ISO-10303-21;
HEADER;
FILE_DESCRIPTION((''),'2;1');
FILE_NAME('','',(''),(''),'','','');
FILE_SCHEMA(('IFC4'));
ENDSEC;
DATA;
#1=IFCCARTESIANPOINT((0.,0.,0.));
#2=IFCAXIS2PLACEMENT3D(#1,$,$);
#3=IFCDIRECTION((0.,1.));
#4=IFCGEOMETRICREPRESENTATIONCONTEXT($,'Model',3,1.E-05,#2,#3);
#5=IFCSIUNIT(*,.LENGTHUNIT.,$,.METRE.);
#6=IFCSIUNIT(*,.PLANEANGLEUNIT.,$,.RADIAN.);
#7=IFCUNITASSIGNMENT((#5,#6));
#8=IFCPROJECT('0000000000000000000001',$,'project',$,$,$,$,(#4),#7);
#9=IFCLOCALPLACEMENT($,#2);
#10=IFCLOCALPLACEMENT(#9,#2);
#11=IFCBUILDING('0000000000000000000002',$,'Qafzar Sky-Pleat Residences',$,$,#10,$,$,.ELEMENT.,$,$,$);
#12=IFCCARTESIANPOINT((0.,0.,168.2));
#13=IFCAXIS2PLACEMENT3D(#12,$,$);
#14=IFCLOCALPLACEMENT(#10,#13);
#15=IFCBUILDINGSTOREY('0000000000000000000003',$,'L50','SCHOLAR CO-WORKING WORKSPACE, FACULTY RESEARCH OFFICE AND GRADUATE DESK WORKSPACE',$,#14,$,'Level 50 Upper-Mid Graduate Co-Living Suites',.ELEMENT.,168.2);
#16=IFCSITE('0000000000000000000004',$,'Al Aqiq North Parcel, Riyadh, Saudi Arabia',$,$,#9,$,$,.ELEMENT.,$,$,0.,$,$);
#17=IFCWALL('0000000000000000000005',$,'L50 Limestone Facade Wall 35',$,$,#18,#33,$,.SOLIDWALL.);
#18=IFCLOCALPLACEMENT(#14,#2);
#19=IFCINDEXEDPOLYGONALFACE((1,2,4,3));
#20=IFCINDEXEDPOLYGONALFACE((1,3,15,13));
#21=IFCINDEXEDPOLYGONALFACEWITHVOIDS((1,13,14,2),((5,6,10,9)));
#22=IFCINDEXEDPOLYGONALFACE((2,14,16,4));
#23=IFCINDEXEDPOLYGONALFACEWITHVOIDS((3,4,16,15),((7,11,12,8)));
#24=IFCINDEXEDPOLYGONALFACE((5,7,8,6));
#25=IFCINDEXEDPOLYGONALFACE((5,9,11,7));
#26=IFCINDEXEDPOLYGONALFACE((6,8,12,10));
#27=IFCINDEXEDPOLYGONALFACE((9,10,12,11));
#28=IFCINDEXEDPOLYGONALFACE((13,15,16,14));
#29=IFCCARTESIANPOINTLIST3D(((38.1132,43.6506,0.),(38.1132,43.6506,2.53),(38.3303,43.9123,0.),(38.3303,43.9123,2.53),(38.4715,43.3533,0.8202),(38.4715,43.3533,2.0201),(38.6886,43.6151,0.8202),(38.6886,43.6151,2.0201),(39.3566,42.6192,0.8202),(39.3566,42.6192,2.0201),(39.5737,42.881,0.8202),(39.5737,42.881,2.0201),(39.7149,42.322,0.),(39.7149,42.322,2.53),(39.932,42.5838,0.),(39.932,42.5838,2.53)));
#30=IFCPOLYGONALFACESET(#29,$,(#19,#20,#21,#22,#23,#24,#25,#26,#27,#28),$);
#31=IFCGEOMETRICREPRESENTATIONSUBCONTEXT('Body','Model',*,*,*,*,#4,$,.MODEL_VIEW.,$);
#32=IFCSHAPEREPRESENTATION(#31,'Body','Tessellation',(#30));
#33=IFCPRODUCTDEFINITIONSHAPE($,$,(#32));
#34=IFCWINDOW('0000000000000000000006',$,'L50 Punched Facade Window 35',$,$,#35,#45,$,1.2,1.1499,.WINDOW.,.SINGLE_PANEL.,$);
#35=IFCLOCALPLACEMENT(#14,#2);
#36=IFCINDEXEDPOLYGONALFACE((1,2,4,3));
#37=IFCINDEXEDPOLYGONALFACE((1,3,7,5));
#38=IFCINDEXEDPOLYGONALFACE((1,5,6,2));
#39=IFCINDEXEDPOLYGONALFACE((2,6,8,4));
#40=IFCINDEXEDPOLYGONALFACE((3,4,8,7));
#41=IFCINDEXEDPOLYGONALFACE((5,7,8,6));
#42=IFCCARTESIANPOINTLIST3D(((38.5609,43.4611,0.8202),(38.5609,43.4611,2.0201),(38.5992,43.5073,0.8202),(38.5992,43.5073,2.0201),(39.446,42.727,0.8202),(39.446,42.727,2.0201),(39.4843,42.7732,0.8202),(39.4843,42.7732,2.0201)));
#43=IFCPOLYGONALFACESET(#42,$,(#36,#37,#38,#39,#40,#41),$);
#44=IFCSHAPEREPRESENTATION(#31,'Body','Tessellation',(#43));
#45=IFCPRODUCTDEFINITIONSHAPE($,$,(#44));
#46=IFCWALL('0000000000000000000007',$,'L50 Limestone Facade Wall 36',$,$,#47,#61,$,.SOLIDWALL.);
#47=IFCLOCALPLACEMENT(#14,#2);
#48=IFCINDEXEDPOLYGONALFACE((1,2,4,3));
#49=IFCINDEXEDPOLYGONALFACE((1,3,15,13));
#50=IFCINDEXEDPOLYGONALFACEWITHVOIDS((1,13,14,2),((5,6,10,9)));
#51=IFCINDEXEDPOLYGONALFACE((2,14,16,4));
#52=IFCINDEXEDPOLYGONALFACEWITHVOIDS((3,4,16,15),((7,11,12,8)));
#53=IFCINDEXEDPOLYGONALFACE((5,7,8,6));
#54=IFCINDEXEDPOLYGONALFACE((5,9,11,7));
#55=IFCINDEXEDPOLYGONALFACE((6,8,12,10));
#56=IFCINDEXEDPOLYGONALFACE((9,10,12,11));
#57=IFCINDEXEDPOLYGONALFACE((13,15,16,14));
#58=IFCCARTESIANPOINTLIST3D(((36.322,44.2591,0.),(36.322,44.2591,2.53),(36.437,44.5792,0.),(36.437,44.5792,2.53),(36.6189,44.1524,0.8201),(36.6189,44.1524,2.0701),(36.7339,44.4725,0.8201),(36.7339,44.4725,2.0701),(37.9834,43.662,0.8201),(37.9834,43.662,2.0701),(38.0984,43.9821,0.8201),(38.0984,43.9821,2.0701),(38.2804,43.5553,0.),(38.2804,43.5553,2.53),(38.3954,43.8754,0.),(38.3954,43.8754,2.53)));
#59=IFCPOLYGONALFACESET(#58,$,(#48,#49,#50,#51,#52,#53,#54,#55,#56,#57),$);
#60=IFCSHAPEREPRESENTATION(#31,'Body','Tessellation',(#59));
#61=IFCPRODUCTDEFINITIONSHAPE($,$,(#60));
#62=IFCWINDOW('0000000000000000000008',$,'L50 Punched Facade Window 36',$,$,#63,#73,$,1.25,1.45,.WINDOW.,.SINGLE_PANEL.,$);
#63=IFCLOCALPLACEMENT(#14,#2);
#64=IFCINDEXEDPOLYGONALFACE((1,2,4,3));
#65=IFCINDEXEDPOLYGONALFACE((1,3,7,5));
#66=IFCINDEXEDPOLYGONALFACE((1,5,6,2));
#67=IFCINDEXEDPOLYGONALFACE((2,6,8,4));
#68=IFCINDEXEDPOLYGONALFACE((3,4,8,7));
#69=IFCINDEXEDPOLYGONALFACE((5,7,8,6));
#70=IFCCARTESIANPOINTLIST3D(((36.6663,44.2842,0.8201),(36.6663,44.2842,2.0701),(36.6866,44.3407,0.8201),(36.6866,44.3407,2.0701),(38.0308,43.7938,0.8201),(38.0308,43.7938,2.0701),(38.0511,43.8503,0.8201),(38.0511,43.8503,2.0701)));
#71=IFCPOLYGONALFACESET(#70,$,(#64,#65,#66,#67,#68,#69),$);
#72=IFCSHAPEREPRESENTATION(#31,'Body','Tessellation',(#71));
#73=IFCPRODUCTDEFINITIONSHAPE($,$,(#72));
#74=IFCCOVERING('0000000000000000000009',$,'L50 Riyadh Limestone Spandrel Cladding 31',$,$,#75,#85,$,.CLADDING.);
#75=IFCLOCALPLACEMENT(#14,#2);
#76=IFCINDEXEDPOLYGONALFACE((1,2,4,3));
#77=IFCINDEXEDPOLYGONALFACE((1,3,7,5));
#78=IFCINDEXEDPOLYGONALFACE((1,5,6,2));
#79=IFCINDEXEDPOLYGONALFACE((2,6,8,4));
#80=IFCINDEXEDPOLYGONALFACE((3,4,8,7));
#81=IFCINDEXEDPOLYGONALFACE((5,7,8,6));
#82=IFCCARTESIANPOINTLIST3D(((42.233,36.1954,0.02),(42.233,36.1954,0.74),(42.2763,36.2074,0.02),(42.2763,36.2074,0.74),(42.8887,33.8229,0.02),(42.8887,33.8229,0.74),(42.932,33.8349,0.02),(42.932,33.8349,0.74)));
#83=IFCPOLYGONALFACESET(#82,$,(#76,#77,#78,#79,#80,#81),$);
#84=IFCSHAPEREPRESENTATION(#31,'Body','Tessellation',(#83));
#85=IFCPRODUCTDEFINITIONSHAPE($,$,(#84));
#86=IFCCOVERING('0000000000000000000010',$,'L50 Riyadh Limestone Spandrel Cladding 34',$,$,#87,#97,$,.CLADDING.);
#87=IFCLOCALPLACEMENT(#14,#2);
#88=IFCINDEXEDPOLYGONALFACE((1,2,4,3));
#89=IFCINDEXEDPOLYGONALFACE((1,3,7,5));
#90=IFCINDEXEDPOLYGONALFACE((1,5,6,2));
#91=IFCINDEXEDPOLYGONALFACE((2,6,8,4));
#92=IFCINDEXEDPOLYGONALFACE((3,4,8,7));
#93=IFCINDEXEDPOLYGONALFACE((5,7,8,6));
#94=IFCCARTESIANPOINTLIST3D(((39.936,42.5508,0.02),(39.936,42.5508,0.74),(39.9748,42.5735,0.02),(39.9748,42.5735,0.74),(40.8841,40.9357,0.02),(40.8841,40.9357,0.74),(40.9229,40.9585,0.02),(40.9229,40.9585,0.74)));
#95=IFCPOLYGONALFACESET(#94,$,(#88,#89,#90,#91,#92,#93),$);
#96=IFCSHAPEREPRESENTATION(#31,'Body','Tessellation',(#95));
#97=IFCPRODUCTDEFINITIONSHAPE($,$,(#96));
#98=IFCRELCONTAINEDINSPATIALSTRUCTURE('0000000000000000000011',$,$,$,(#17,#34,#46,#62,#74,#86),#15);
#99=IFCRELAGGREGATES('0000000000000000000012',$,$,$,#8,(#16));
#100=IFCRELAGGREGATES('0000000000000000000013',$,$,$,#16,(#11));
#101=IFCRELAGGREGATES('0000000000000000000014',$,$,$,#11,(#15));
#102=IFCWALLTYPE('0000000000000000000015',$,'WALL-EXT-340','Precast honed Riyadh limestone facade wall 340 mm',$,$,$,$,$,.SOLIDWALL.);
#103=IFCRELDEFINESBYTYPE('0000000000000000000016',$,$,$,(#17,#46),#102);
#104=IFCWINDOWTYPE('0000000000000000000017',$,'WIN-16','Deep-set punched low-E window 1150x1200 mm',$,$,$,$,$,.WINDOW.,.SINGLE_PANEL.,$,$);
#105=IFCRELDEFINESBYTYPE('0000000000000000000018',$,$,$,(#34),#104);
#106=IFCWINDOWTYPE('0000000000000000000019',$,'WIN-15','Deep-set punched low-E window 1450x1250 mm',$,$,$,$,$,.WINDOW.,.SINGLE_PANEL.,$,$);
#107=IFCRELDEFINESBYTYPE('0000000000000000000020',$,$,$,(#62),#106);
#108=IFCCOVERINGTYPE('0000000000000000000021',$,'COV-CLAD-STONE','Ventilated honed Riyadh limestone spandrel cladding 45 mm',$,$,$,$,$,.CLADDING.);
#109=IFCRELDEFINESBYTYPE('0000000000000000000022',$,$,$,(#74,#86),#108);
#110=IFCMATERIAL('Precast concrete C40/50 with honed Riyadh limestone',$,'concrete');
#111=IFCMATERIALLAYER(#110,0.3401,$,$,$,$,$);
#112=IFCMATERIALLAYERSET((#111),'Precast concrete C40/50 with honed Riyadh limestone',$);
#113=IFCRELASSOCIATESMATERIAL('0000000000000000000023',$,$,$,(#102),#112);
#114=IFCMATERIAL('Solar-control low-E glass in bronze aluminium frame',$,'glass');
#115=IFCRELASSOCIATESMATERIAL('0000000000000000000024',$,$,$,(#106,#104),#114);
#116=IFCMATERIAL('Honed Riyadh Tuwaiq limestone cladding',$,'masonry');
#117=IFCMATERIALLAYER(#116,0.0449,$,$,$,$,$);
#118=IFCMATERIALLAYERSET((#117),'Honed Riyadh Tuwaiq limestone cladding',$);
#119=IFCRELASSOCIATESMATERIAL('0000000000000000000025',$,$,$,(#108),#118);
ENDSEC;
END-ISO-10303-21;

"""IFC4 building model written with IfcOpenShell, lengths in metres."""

from ifc_helpers import new_model, si_unit, direction, frame, frame_2d, origin, origin_2d, place, context, subcontext, project, spatial, rectangle, extrude, source, transform, mapped, material, layer, layer_set, type_object, element, fill, save


model = new_model("IFC4")

# Units and contexts
model_context = context("Model", 3, precision=1e-05, world=origin(), true_north=direction((0.0, 1.0)))
body_context = subcontext(model_context, "Body", "Model", "MODEL_VIEW")
ifc_project = project(units=[si_unit("LENGTHUNIT", "METRE"), si_unit("PLANEANGLEUNIT", "RADIAN")], contexts=[model_context])

# Site, building, storey
site_placement = place(None, origin())
site = spatial("IfcSite", under=ifc_project, at=site_placement, Name="Al Aqiq North Parcel, Riyadh, Saudi Arabia", CompositionType="ELEMENT", RefElevation=0.0)
building_placement = place(site_placement, origin())
building = spatial("IfcBuilding", under=site, at=building_placement, Name="Qafzar Sky-Pleat Residences", CompositionType="ELEMENT")
storey_placement = place(building_placement, frame((0.0, 0.0, 168.2)))
storey = spatial("IfcBuildingStorey", under=building, at=storey_placement, Name="L50", Description="SCHOLAR CO-WORKING WORKSPACE, FACULTY RESEARCH OFFICE AND GRADUATE DESK WORKSPACE", LongName="Level 50 Upper-Mid Graduate Co-Living Suites", CompositionType="ELEMENT", Elevation=168.2)

# Shared definitions
ifc_material_1 = material(Name="Precast concrete C40/50 with honed Riyadh limestone", Category="concrete")
ifc_layer_1 = layer(ifc_material_1, 0.3401)
ifc_layer_set_1 = layer_set([ifc_layer_1], Name="Precast concrete C40/50 with honed Riyadh limestone")
wall_type_1 = type_object("IfcWallType", Name="WALL-EXT-340", Description="Precast honed Riyadh limestone facade wall 340 mm", PredefinedType="SOLIDWALL", material=ifc_layer_set_1)
ifc_material_2 = material(Name="Solar-control low-E glass in bronze aluminium frame", Category="glass")
window_type_1 = type_object("IfcWindowType", Name="WIN-15", Description="Deep-set punched low-E window 1450x1250 mm", PartitioningType="SINGLE_PANEL", PredefinedType="WINDOW", material=ifc_material_2)
shared_shape_1 = source(origin(), body_context, "Body", "SweptSolid", [
    extrude(rectangle(XDim=1.45, YDim=1.25, at=frame_2d((0.7251, 0.625))), frame((0.0, 0.03, 0.0), z_axis=(0.0, -1.0, 0.0), x_axis=(1.0, 0.0, 0.0)), (0.0, 0.0, 1.0), 0.0601),
])

# Walls, openings, windows
wall_1_placement = place(storey_placement, frame((39.8235, 42.4529, 0.0), z_axis=(0.0, 0.0, 1.0), x_axis=(-0.76969, 0.638417, 0.0)))
wall_1 = element("IfcWall", 1, at=wall_1_placement, inside=storey, type_object=wall_type_1, Name="L50 Limestone Facade Wall 35", PredefinedType="SOLIDWALL", context=body_context, shape_type="SweptSolid", body=[
    extrude(rectangle(XDim=2.0811, YDim=0.3401, at=frame_2d((1.0405, 0.0))), origin(), (0.0, 0.0, 1.0), 2.53),
])
opening_1_placement = place(wall_1_placement, frame((0.4656, 0.0, 0.8201)))
opening_1 = element("IfcOpeningElement", 2, at=opening_1_placement, cuts=wall_1, PredefinedType="OPENING", context=body_context, shape_type="SweptSolid", body=[
    extrude(rectangle(XDim=1.1499, YDim=1.2, at=frame_2d((0.575, 0.6001))), frame((0.0, 0.1802, 0.0), z_axis=(0.0, -1.0, 0.0), x_axis=(1.0, 0.0, 0.0)), (0.0, 0.0, 1.0), 0.3601),
])
window_type_2 = type_object("IfcWindowType", Name="WIN-16", Description="Deep-set punched low-E window 1150x1200 mm", PartitioningType="SINGLE_PANEL", PredefinedType="WINDOW", material=ifc_material_2)
shared_shape_2 = source(origin(), body_context, "Body", "SweptSolid", [
    extrude(rectangle(XDim=1.1499, YDim=1.2, at=frame_2d((0.575, 0.6001))), frame((0.0, 0.03, 0.0), z_axis=(0.0, -1.0, 0.0), x_axis=(1.0, 0.0, 0.0)), (0.0, 0.0, 1.0), 0.0601),
])
window_1_placement = place(opening_1_placement, origin())
window_1 = element("IfcWindow", 3, at=window_1_placement, inside=storey, type_object=window_type_2, Name="L50 Punched Facade Window 35", OverallHeight=1.2, OverallWidth=1.1499, PartitioningType="SINGLE_PANEL", PredefinedType="WINDOW", context=body_context, shape_type="MappedRepresentation", body=[
    mapped(shared_shape_2, transform((0.0, 0.0, 0.0), x_axis=(1.0, 0.0, 0.0), y_axis=(0.0, 1.0, 0.0), z_axis=(0.0, 0.0, 1.0), scale=1.0)),
])
fill(opening_1, window_1)
wall_2_placement = place(storey_placement, frame((38.3379, 43.7153, 0.0), z_axis=(0.0, 0.0, 1.0), x_axis=(-0.941071, 0.338208, 0.0)))
wall_2 = element("IfcWall", 4, at=wall_2_placement, inside=storey, type_object=wall_type_1, Name="L50 Limestone Facade Wall 36", PredefinedType="SOLIDWALL", context=body_context, shape_type="SweptSolid", body=[
    extrude(rectangle(XDim=2.0811, YDim=0.3401, at=frame_2d((1.0405, 0.0))), origin(), (0.0, 0.0, 1.0), 2.53),
])
opening_2_placement = place(wall_2_placement, frame((0.3154, 0.0, 0.8201)))
opening_2 = element("IfcOpeningElement", 5, at=opening_2_placement, cuts=wall_2, PredefinedType="OPENING", context=body_context, shape_type="SweptSolid", body=[
    extrude(rectangle(XDim=1.45, YDim=1.25, at=frame_2d((0.7251, 0.625))), frame((0.0, 0.1802, 0.0), z_axis=(0.0, -1.0, 0.0), x_axis=(1.0, 0.0, 0.0)), (0.0, 0.0, 1.0), 0.3601),
])
window_2_placement = place(opening_2_placement, origin())
window_2 = element("IfcWindow", 6, at=window_2_placement, inside=storey, type_object=window_type_1, Name="L50 Punched Facade Window 36", OverallHeight=1.25, OverallWidth=1.45, PartitioningType="SINGLE_PANEL", PredefinedType="WINDOW", context=body_context, shape_type="MappedRepresentation", body=[
    mapped(shared_shape_1, transform((0.0, 0.0, 0.0), x_axis=(1.0, 0.0, 0.0), y_axis=(0.0, 1.0, 0.0), z_axis=(0.0, 0.0, 1.0), scale=1.0)),
])
fill(opening_2, window_2)

# Coverings
ifc_material_3 = material(Name="Honed Riyadh Tuwaiq limestone cladding", Category="masonry")
ifc_layer_2 = layer(ifc_material_3, 0.0449)
ifc_layer_set_2 = layer_set([ifc_layer_2], Name="Honed Riyadh Tuwaiq limestone cladding")
covering_type = type_object("IfcCoveringType", Name="COV-CLAD-STONE", Description="Ventilated honed Riyadh limestone spandrel cladding 45 mm", PredefinedType="CLADDING", material=ifc_layer_set_2)
shared_shape_3 = source(origin(), body_context, "Body", "SweptSolid", [
    extrude(rectangle(XDim=2.4614, YDim=0.0449, at=origin_2d()), origin(), (0.0, 0.0, 1.0), 0.72),
])
covering_1_placement = place(storey_placement, frame((42.5825, 35.0151, 0.02), z_axis=(0.0, 0.0, 1.0), x_axis=(-0.266414, 0.963859, 0.0)))
element("IfcCovering", 7, at=covering_1_placement, inside=storey, type_object=covering_type, Name="L50 Riyadh Limestone Spandrel Cladding 31", PredefinedType="CLADDING", context=body_context, shape_type="MappedRepresentation", body=[
    mapped(shared_shape_3, transform((0.0, 0.0, 0.0), x_axis=(1.0, 0.0, 0.0), y_axis=(0.0, 1.0, 0.0), z_axis=(0.0, 0.0, 1.0), scale=1.0)),
])
shared_shape_4 = source(origin(), body_context, "Body", "SweptSolid", [
    extrude(rectangle(XDim=1.8728, YDim=0.0449, at=origin_2d()), origin(), (0.0, 0.0, 1.0), 0.72),
])
covering_2_placement = place(storey_placement, frame((40.4294, 41.7546, 0.02), z_axis=(0.0, 0.0, 1.0), x_axis=(-0.506253, 0.862385, 0.0)))
element("IfcCovering", 8, at=covering_2_placement, inside=storey, type_object=covering_type, Name="L50 Riyadh Limestone Spandrel Cladding 34", PredefinedType="CLADDING", context=body_context, shape_type="MappedRepresentation", body=[
    mapped(shared_shape_4, transform((0.0, 0.0, 0.0), x_axis=(1.0, 0.0, 0.0), y_axis=(0.0, 1.0, 0.0), z_axis=(0.0, 0.0, 1.0), scale=1.0)),
])

save(model, "model.ifc")
